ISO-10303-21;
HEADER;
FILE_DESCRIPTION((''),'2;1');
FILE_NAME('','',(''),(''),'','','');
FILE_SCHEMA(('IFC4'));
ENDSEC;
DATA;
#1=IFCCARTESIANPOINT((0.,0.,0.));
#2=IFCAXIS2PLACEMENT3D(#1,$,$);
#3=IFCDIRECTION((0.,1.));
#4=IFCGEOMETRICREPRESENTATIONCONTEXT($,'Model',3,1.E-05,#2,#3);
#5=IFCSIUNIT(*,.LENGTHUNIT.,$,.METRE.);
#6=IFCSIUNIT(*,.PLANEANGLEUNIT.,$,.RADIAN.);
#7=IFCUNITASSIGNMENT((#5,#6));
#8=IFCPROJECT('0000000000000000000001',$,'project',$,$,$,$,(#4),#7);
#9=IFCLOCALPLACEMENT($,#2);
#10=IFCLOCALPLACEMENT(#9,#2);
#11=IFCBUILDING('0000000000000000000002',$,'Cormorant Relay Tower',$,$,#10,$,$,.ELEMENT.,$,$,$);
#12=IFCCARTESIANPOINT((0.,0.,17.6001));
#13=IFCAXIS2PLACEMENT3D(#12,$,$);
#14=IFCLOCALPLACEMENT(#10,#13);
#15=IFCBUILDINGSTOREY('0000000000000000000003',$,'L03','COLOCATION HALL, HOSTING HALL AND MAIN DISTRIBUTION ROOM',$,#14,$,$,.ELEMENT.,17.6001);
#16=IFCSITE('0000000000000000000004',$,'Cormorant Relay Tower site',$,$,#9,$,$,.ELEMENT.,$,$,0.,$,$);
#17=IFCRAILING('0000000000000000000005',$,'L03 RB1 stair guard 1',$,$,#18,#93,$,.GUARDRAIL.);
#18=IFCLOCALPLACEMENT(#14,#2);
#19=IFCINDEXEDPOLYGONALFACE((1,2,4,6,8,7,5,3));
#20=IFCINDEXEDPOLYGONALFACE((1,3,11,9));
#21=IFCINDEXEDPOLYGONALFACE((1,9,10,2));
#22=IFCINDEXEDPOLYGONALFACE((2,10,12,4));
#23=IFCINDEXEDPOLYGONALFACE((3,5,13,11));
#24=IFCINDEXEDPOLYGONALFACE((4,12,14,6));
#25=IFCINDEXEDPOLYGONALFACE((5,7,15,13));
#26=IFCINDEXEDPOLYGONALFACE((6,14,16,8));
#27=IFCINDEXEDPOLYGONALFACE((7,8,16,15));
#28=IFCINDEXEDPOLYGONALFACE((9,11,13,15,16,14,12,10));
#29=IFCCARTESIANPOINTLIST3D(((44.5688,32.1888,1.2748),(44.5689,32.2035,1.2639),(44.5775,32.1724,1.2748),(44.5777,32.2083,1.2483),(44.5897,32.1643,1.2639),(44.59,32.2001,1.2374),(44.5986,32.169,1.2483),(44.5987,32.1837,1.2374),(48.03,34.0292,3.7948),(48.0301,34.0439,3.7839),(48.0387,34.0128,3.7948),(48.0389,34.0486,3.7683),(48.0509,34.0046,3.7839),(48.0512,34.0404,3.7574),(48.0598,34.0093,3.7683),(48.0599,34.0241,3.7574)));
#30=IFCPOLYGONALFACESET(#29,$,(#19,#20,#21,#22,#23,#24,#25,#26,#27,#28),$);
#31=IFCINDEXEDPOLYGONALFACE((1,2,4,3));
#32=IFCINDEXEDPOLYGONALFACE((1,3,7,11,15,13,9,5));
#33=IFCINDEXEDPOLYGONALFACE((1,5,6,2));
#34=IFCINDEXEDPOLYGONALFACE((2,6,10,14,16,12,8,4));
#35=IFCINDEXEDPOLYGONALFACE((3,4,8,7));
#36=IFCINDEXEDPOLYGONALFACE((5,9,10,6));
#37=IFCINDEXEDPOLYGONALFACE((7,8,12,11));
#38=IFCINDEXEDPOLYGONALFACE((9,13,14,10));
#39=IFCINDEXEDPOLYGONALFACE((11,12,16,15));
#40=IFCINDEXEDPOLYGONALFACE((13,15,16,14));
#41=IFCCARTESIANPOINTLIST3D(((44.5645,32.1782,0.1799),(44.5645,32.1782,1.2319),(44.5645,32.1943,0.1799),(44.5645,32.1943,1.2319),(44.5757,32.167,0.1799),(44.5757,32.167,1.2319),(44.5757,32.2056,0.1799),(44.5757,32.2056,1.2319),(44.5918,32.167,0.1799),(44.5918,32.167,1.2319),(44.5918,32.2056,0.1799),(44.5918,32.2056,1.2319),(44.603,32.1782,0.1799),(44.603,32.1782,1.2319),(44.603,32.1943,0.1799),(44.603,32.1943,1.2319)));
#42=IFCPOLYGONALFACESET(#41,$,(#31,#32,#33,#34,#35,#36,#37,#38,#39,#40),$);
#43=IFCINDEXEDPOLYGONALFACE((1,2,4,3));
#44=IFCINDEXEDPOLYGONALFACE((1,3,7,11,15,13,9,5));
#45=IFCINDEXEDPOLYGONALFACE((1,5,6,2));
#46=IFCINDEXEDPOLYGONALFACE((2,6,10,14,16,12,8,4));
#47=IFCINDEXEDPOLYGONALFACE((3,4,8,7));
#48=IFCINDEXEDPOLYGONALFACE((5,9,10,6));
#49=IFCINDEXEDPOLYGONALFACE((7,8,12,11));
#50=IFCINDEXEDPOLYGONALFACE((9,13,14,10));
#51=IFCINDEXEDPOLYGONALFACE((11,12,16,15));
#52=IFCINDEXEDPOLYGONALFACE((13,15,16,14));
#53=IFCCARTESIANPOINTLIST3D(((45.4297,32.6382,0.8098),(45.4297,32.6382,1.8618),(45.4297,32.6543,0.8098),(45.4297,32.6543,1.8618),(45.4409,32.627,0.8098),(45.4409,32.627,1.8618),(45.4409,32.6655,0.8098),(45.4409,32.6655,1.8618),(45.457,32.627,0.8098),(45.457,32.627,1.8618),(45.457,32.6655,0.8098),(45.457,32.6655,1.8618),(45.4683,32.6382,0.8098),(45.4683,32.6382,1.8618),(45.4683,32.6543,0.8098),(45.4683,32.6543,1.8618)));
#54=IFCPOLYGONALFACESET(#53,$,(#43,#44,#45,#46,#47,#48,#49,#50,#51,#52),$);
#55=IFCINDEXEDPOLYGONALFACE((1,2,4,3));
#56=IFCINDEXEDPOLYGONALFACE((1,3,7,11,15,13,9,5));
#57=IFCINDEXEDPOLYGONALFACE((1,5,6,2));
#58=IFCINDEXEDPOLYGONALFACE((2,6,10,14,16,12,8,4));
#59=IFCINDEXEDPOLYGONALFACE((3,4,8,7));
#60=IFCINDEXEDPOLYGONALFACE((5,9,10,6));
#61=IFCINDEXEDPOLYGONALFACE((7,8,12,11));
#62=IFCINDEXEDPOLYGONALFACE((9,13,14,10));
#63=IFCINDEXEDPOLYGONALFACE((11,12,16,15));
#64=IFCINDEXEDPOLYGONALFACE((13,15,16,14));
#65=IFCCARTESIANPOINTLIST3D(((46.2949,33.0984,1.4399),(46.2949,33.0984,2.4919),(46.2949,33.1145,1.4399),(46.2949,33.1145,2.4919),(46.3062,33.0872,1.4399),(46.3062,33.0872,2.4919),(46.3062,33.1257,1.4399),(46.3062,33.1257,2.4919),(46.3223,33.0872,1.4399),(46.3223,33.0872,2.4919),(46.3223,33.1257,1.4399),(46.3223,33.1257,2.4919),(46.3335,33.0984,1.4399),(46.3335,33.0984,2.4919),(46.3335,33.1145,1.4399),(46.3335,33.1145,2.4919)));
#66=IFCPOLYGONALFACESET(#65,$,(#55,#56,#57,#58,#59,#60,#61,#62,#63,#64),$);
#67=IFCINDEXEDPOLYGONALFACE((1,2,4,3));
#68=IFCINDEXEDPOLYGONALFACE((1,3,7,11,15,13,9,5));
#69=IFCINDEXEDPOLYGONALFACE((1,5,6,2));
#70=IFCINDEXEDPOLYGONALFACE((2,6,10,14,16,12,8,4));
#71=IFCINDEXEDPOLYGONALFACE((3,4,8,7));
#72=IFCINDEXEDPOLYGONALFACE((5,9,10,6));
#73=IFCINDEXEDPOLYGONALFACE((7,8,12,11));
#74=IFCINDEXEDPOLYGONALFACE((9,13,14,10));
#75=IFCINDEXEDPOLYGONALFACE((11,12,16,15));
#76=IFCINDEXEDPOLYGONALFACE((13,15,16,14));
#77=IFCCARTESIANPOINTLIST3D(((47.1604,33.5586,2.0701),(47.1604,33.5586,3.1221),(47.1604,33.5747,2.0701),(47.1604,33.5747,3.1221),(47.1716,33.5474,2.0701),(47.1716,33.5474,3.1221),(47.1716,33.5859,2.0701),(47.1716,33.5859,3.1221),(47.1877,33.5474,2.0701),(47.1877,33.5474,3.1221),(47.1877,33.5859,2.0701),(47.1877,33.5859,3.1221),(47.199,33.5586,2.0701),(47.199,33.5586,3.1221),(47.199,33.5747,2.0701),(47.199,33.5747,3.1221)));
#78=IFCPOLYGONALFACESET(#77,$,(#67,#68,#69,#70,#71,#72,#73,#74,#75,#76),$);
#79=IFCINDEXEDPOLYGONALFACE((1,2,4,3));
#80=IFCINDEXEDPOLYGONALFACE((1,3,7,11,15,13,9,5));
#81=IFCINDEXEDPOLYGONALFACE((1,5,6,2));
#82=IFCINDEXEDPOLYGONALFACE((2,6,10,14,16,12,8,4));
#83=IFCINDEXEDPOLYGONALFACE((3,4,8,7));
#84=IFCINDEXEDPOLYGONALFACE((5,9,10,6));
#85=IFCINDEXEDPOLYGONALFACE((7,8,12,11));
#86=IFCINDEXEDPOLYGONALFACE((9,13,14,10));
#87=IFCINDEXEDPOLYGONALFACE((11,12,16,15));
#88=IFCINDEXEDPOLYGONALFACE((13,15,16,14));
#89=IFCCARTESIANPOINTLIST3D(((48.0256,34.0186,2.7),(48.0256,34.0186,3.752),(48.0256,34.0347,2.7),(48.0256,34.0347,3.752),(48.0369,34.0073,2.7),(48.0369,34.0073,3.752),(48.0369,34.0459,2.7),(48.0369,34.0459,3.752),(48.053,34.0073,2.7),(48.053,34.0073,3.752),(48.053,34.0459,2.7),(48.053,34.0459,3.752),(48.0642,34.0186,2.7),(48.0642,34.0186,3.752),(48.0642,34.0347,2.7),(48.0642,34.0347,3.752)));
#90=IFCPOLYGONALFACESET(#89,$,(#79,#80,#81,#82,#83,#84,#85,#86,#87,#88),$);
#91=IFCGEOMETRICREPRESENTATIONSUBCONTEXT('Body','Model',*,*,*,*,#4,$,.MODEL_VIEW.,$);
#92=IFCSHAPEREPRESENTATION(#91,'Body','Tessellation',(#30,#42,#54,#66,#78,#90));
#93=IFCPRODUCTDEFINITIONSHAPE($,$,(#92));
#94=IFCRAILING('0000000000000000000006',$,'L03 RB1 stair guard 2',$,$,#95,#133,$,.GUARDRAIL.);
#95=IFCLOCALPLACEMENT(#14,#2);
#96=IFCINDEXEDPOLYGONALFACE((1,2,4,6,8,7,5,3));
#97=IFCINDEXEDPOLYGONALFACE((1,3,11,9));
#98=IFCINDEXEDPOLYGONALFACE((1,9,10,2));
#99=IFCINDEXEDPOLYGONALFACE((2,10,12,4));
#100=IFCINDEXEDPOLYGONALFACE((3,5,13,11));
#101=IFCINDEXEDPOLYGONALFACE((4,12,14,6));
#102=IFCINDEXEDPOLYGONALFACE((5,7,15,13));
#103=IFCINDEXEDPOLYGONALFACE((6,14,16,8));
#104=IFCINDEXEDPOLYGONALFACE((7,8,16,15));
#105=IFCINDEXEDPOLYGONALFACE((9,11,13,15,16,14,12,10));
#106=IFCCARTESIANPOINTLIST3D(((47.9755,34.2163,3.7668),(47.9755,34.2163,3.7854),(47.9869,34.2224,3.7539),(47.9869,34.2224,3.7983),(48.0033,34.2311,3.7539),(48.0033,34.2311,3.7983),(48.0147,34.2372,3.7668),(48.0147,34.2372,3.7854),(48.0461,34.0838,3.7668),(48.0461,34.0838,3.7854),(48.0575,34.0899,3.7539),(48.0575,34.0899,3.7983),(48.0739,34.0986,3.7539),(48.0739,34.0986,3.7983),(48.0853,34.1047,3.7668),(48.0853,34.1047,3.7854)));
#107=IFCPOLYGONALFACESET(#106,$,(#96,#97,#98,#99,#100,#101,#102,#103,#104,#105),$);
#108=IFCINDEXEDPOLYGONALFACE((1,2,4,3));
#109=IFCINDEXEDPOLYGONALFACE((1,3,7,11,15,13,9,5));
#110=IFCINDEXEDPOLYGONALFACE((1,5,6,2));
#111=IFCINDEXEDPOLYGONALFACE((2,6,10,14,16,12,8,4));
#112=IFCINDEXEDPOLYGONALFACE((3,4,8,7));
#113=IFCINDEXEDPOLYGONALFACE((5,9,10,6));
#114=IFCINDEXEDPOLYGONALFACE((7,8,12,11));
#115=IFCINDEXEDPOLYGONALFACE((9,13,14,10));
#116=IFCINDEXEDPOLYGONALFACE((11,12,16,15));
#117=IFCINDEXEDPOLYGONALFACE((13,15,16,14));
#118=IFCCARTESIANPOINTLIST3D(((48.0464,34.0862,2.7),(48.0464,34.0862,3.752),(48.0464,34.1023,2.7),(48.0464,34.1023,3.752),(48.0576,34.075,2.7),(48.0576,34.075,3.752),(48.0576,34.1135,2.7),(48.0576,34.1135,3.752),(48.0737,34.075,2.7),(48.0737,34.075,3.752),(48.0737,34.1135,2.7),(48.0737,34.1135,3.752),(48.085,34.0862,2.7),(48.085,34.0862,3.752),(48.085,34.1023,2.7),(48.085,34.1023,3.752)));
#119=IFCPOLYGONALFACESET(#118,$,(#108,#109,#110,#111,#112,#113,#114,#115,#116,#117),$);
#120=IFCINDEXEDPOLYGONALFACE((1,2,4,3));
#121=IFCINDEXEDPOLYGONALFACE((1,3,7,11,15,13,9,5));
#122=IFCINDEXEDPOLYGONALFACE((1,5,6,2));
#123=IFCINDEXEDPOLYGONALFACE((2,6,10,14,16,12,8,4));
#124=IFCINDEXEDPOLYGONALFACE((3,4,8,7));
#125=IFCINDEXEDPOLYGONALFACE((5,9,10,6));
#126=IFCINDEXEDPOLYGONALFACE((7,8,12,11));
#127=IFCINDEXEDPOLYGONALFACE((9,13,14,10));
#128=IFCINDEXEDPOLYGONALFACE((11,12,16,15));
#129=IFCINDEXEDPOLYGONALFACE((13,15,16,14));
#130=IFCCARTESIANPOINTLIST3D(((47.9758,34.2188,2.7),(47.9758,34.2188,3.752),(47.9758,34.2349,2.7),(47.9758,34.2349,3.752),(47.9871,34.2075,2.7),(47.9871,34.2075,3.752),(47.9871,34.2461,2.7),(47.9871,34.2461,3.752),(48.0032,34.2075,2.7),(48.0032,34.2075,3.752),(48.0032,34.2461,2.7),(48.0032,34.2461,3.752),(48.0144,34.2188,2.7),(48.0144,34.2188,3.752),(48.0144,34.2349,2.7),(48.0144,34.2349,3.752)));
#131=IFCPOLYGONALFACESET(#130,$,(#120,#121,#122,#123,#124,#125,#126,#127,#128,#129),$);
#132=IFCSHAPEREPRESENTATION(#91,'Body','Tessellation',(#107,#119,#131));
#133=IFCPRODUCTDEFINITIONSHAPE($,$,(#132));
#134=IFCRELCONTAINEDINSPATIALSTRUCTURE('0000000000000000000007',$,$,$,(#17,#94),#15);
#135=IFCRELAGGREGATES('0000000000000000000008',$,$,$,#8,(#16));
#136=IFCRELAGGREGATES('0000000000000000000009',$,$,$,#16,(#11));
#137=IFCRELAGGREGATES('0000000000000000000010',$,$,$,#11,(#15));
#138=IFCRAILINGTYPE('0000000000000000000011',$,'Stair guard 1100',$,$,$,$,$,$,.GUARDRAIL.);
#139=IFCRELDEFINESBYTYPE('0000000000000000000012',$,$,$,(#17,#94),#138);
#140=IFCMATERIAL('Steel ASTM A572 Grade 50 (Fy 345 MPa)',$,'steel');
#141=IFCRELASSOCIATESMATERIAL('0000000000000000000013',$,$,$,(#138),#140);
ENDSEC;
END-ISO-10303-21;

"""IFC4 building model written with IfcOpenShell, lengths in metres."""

from ifc_helpers import new_model, si_unit, direction, frame, origin, place, context, subcontext, project, spatial, polyline, outline, extrude, material, type_object, element, save


model = new_model("IFC4")

# Units and contexts
model_context = context("Model", 3, precision=1e-05, world=origin(), true_north=direction((0.0, 1.0)))
body_context = subcontext(model_context, "Body", "Model", "MODEL_VIEW")
ifc_project = project(units=[si_unit("LENGTHUNIT", "METRE"), si_unit("PLANEANGLEUNIT", "RADIAN")], contexts=[model_context])

# Site, building, storey
site_placement = place(None, origin())
site = spatial("IfcSite", under=ifc_project, at=site_placement, Name="Cormorant Relay Tower site", CompositionType="ELEMENT", RefElevation=0.0)
building_placement = place(site_placement, origin())
building = spatial("IfcBuilding", under=site, at=building_placement, Name="Cormorant Relay Tower", CompositionType="ELEMENT")
storey_placement = place(building_placement, frame((0.0, 0.0, 17.6001)))
storey = spatial("IfcBuildingStorey", under=building, at=storey_placement, Name="L03", Description="COLOCATION HALL, HOSTING HALL AND MAIN DISTRIBUTION ROOM", CompositionType="ELEMENT", Elevation=17.6001)

# Railings
ifc_material_1 = material(Name="Steel ASTM A572 Grade 50 (Fy 345 MPa)", Category="steel")
railing_type_1 = type_object("IfcRailingType", Name="Stair guard 1100", PredefinedType="GUARDRAIL", material=ifc_material_1)
railing_1_placement = place(storey_placement, frame((44.5837, 32.1863, 0.1799)))
element("IfcRailing", 1, at=railing_1_placement, inside=storey, type_object=railing_type_1, Name="L03 RB1 stair guard 1", PredefinedType="GUARDRAIL", context=body_context, shape_type="SweptSolid", body=[
    extrude(outline(polyline([(0.0222, 0.0093), (0.0093, 0.0222), (-0.0093, 0.0222), (-0.0222, 0.0093), (-0.0222, -0.0093), (-0.0093, -0.0222), (0.0093, -0.0222), (0.0222, -0.0093), (0.0222, 0.0093)])), frame((0.0, 0.0, 1.0762), z_axis=(0.742717, 0.394907, 0.540758), x_axis=(-0.469469, 0.882949, 0.0)), (0.0, 0.0, 1.0), 4.6602),
    extrude(outline(polyline([(0.0193, 0.0081), (0.0081, 0.0193), (-0.0081, 0.0193), (-0.0193, 0.0081), (-0.0193, -0.0081), (-0.0081, -0.0193), (0.0081, -0.0193), (0.0193, -0.0081), (0.0193, 0.0081)])), origin(), (0.0, 0.0, 1.0), 1.052),
    extrude(outline(polyline([(0.0193, 0.0081), (0.0081, 0.0193), (-0.0081, 0.0193), (-0.0193, 0.0081), (-0.0193, -0.0081), (-0.0081, -0.0193), (0.0081, -0.0193), (0.0193, -0.0081), (0.0193, 0.0081)])), frame((0.8652, 0.46, 0.6299)), (0.0, 0.0, 1.0), 1.052),
    extrude(outline(polyline([(0.0193, 0.0081), (0.0081, 0.0193), (-0.0081, 0.0193), (-0.0193, 0.0081), (-0.0193, -0.0081), (-0.0081, -0.0193), (0.0081, -0.0193), (0.0193, -0.0081), (0.0193, 0.0081)])), frame((1.7305, 0.9202, 1.26)), (0.0, 0.0, 1.0), 1.052),
    extrude(outline(polyline([(0.0193, 0.0081), (0.0081, 0.0193), (-0.0081, 0.0193), (-0.0193, 0.0081), (-0.0193, -0.0081), (-0.0081, -0.0193), (0.0081, -0.0193), (0.0193, -0.0081), (0.0193, 0.0081)])), frame((2.5959, 1.3804, 1.8901)), (0.0, 0.0, 1.0), 1.052),
    extrude(outline(polyline([(0.0193, 0.0081), (0.0081, 0.0193), (-0.0081, 0.0193), (-0.0193, 0.0081), (-0.0193, -0.0081), (-0.0081, -0.0193), (0.0081, -0.0193), (0.0193, -0.0081), (0.0193, 0.0081)])), frame((3.4612, 1.8403, 2.52)), (0.0, 0.0, 1.0), 1.052),
])
railing_2_placement = place(storey_placement, frame((48.0657, 34.0942, 2.7)))
element("IfcRailing", 2, at=railing_2_placement, inside=storey, type_object=railing_type_1, Name="L03 RB1 stair guard 2", PredefinedType="GUARDRAIL", context=body_context, shape_type="SweptSolid", body=[
    extrude(outline(polyline([(0.0222, 0.0093), (0.0093, 0.0222), (-0.0093, 0.0222), (-0.0222, 0.0093), (-0.0222, -0.0093), (-0.0093, -0.0222), (0.0093, -0.0222), (0.0222, -0.0093), (0.0222, 0.0093)])), frame((0.0, 0.0, 1.0762), z_axis=(-0.469829, 0.882758, 0.0), x_axis=(-0.882758, -0.469829, 0.0)), (0.0, 0.0, 1.0), 0.1501),
    extrude(outline(polyline([(0.0193, 0.0081), (0.0081, 0.0193), (-0.0081, 0.0193), (-0.0193, 0.0081), (-0.0193, -0.0081), (-0.0081, -0.0193), (0.0081, -0.0193), (0.0193, -0.0081), (0.0193, 0.0081)])), origin(), (0.0, 0.0, 1.0), 1.052),
    extrude(outline(polyline([(0.0193, 0.0081), (0.0081, 0.0193), (-0.0081, 0.0193), (-0.0193, 0.0081), (-0.0193, -0.0081), (-0.0081, -0.0193), (0.0081, -0.0193), (0.0193, -0.0081), (0.0193, 0.0081)])), frame((-0.0706, 0.1326, 0.0)), (0.0, 0.0, 1.0), 1.052),
])

save(model, "model.ifc")
